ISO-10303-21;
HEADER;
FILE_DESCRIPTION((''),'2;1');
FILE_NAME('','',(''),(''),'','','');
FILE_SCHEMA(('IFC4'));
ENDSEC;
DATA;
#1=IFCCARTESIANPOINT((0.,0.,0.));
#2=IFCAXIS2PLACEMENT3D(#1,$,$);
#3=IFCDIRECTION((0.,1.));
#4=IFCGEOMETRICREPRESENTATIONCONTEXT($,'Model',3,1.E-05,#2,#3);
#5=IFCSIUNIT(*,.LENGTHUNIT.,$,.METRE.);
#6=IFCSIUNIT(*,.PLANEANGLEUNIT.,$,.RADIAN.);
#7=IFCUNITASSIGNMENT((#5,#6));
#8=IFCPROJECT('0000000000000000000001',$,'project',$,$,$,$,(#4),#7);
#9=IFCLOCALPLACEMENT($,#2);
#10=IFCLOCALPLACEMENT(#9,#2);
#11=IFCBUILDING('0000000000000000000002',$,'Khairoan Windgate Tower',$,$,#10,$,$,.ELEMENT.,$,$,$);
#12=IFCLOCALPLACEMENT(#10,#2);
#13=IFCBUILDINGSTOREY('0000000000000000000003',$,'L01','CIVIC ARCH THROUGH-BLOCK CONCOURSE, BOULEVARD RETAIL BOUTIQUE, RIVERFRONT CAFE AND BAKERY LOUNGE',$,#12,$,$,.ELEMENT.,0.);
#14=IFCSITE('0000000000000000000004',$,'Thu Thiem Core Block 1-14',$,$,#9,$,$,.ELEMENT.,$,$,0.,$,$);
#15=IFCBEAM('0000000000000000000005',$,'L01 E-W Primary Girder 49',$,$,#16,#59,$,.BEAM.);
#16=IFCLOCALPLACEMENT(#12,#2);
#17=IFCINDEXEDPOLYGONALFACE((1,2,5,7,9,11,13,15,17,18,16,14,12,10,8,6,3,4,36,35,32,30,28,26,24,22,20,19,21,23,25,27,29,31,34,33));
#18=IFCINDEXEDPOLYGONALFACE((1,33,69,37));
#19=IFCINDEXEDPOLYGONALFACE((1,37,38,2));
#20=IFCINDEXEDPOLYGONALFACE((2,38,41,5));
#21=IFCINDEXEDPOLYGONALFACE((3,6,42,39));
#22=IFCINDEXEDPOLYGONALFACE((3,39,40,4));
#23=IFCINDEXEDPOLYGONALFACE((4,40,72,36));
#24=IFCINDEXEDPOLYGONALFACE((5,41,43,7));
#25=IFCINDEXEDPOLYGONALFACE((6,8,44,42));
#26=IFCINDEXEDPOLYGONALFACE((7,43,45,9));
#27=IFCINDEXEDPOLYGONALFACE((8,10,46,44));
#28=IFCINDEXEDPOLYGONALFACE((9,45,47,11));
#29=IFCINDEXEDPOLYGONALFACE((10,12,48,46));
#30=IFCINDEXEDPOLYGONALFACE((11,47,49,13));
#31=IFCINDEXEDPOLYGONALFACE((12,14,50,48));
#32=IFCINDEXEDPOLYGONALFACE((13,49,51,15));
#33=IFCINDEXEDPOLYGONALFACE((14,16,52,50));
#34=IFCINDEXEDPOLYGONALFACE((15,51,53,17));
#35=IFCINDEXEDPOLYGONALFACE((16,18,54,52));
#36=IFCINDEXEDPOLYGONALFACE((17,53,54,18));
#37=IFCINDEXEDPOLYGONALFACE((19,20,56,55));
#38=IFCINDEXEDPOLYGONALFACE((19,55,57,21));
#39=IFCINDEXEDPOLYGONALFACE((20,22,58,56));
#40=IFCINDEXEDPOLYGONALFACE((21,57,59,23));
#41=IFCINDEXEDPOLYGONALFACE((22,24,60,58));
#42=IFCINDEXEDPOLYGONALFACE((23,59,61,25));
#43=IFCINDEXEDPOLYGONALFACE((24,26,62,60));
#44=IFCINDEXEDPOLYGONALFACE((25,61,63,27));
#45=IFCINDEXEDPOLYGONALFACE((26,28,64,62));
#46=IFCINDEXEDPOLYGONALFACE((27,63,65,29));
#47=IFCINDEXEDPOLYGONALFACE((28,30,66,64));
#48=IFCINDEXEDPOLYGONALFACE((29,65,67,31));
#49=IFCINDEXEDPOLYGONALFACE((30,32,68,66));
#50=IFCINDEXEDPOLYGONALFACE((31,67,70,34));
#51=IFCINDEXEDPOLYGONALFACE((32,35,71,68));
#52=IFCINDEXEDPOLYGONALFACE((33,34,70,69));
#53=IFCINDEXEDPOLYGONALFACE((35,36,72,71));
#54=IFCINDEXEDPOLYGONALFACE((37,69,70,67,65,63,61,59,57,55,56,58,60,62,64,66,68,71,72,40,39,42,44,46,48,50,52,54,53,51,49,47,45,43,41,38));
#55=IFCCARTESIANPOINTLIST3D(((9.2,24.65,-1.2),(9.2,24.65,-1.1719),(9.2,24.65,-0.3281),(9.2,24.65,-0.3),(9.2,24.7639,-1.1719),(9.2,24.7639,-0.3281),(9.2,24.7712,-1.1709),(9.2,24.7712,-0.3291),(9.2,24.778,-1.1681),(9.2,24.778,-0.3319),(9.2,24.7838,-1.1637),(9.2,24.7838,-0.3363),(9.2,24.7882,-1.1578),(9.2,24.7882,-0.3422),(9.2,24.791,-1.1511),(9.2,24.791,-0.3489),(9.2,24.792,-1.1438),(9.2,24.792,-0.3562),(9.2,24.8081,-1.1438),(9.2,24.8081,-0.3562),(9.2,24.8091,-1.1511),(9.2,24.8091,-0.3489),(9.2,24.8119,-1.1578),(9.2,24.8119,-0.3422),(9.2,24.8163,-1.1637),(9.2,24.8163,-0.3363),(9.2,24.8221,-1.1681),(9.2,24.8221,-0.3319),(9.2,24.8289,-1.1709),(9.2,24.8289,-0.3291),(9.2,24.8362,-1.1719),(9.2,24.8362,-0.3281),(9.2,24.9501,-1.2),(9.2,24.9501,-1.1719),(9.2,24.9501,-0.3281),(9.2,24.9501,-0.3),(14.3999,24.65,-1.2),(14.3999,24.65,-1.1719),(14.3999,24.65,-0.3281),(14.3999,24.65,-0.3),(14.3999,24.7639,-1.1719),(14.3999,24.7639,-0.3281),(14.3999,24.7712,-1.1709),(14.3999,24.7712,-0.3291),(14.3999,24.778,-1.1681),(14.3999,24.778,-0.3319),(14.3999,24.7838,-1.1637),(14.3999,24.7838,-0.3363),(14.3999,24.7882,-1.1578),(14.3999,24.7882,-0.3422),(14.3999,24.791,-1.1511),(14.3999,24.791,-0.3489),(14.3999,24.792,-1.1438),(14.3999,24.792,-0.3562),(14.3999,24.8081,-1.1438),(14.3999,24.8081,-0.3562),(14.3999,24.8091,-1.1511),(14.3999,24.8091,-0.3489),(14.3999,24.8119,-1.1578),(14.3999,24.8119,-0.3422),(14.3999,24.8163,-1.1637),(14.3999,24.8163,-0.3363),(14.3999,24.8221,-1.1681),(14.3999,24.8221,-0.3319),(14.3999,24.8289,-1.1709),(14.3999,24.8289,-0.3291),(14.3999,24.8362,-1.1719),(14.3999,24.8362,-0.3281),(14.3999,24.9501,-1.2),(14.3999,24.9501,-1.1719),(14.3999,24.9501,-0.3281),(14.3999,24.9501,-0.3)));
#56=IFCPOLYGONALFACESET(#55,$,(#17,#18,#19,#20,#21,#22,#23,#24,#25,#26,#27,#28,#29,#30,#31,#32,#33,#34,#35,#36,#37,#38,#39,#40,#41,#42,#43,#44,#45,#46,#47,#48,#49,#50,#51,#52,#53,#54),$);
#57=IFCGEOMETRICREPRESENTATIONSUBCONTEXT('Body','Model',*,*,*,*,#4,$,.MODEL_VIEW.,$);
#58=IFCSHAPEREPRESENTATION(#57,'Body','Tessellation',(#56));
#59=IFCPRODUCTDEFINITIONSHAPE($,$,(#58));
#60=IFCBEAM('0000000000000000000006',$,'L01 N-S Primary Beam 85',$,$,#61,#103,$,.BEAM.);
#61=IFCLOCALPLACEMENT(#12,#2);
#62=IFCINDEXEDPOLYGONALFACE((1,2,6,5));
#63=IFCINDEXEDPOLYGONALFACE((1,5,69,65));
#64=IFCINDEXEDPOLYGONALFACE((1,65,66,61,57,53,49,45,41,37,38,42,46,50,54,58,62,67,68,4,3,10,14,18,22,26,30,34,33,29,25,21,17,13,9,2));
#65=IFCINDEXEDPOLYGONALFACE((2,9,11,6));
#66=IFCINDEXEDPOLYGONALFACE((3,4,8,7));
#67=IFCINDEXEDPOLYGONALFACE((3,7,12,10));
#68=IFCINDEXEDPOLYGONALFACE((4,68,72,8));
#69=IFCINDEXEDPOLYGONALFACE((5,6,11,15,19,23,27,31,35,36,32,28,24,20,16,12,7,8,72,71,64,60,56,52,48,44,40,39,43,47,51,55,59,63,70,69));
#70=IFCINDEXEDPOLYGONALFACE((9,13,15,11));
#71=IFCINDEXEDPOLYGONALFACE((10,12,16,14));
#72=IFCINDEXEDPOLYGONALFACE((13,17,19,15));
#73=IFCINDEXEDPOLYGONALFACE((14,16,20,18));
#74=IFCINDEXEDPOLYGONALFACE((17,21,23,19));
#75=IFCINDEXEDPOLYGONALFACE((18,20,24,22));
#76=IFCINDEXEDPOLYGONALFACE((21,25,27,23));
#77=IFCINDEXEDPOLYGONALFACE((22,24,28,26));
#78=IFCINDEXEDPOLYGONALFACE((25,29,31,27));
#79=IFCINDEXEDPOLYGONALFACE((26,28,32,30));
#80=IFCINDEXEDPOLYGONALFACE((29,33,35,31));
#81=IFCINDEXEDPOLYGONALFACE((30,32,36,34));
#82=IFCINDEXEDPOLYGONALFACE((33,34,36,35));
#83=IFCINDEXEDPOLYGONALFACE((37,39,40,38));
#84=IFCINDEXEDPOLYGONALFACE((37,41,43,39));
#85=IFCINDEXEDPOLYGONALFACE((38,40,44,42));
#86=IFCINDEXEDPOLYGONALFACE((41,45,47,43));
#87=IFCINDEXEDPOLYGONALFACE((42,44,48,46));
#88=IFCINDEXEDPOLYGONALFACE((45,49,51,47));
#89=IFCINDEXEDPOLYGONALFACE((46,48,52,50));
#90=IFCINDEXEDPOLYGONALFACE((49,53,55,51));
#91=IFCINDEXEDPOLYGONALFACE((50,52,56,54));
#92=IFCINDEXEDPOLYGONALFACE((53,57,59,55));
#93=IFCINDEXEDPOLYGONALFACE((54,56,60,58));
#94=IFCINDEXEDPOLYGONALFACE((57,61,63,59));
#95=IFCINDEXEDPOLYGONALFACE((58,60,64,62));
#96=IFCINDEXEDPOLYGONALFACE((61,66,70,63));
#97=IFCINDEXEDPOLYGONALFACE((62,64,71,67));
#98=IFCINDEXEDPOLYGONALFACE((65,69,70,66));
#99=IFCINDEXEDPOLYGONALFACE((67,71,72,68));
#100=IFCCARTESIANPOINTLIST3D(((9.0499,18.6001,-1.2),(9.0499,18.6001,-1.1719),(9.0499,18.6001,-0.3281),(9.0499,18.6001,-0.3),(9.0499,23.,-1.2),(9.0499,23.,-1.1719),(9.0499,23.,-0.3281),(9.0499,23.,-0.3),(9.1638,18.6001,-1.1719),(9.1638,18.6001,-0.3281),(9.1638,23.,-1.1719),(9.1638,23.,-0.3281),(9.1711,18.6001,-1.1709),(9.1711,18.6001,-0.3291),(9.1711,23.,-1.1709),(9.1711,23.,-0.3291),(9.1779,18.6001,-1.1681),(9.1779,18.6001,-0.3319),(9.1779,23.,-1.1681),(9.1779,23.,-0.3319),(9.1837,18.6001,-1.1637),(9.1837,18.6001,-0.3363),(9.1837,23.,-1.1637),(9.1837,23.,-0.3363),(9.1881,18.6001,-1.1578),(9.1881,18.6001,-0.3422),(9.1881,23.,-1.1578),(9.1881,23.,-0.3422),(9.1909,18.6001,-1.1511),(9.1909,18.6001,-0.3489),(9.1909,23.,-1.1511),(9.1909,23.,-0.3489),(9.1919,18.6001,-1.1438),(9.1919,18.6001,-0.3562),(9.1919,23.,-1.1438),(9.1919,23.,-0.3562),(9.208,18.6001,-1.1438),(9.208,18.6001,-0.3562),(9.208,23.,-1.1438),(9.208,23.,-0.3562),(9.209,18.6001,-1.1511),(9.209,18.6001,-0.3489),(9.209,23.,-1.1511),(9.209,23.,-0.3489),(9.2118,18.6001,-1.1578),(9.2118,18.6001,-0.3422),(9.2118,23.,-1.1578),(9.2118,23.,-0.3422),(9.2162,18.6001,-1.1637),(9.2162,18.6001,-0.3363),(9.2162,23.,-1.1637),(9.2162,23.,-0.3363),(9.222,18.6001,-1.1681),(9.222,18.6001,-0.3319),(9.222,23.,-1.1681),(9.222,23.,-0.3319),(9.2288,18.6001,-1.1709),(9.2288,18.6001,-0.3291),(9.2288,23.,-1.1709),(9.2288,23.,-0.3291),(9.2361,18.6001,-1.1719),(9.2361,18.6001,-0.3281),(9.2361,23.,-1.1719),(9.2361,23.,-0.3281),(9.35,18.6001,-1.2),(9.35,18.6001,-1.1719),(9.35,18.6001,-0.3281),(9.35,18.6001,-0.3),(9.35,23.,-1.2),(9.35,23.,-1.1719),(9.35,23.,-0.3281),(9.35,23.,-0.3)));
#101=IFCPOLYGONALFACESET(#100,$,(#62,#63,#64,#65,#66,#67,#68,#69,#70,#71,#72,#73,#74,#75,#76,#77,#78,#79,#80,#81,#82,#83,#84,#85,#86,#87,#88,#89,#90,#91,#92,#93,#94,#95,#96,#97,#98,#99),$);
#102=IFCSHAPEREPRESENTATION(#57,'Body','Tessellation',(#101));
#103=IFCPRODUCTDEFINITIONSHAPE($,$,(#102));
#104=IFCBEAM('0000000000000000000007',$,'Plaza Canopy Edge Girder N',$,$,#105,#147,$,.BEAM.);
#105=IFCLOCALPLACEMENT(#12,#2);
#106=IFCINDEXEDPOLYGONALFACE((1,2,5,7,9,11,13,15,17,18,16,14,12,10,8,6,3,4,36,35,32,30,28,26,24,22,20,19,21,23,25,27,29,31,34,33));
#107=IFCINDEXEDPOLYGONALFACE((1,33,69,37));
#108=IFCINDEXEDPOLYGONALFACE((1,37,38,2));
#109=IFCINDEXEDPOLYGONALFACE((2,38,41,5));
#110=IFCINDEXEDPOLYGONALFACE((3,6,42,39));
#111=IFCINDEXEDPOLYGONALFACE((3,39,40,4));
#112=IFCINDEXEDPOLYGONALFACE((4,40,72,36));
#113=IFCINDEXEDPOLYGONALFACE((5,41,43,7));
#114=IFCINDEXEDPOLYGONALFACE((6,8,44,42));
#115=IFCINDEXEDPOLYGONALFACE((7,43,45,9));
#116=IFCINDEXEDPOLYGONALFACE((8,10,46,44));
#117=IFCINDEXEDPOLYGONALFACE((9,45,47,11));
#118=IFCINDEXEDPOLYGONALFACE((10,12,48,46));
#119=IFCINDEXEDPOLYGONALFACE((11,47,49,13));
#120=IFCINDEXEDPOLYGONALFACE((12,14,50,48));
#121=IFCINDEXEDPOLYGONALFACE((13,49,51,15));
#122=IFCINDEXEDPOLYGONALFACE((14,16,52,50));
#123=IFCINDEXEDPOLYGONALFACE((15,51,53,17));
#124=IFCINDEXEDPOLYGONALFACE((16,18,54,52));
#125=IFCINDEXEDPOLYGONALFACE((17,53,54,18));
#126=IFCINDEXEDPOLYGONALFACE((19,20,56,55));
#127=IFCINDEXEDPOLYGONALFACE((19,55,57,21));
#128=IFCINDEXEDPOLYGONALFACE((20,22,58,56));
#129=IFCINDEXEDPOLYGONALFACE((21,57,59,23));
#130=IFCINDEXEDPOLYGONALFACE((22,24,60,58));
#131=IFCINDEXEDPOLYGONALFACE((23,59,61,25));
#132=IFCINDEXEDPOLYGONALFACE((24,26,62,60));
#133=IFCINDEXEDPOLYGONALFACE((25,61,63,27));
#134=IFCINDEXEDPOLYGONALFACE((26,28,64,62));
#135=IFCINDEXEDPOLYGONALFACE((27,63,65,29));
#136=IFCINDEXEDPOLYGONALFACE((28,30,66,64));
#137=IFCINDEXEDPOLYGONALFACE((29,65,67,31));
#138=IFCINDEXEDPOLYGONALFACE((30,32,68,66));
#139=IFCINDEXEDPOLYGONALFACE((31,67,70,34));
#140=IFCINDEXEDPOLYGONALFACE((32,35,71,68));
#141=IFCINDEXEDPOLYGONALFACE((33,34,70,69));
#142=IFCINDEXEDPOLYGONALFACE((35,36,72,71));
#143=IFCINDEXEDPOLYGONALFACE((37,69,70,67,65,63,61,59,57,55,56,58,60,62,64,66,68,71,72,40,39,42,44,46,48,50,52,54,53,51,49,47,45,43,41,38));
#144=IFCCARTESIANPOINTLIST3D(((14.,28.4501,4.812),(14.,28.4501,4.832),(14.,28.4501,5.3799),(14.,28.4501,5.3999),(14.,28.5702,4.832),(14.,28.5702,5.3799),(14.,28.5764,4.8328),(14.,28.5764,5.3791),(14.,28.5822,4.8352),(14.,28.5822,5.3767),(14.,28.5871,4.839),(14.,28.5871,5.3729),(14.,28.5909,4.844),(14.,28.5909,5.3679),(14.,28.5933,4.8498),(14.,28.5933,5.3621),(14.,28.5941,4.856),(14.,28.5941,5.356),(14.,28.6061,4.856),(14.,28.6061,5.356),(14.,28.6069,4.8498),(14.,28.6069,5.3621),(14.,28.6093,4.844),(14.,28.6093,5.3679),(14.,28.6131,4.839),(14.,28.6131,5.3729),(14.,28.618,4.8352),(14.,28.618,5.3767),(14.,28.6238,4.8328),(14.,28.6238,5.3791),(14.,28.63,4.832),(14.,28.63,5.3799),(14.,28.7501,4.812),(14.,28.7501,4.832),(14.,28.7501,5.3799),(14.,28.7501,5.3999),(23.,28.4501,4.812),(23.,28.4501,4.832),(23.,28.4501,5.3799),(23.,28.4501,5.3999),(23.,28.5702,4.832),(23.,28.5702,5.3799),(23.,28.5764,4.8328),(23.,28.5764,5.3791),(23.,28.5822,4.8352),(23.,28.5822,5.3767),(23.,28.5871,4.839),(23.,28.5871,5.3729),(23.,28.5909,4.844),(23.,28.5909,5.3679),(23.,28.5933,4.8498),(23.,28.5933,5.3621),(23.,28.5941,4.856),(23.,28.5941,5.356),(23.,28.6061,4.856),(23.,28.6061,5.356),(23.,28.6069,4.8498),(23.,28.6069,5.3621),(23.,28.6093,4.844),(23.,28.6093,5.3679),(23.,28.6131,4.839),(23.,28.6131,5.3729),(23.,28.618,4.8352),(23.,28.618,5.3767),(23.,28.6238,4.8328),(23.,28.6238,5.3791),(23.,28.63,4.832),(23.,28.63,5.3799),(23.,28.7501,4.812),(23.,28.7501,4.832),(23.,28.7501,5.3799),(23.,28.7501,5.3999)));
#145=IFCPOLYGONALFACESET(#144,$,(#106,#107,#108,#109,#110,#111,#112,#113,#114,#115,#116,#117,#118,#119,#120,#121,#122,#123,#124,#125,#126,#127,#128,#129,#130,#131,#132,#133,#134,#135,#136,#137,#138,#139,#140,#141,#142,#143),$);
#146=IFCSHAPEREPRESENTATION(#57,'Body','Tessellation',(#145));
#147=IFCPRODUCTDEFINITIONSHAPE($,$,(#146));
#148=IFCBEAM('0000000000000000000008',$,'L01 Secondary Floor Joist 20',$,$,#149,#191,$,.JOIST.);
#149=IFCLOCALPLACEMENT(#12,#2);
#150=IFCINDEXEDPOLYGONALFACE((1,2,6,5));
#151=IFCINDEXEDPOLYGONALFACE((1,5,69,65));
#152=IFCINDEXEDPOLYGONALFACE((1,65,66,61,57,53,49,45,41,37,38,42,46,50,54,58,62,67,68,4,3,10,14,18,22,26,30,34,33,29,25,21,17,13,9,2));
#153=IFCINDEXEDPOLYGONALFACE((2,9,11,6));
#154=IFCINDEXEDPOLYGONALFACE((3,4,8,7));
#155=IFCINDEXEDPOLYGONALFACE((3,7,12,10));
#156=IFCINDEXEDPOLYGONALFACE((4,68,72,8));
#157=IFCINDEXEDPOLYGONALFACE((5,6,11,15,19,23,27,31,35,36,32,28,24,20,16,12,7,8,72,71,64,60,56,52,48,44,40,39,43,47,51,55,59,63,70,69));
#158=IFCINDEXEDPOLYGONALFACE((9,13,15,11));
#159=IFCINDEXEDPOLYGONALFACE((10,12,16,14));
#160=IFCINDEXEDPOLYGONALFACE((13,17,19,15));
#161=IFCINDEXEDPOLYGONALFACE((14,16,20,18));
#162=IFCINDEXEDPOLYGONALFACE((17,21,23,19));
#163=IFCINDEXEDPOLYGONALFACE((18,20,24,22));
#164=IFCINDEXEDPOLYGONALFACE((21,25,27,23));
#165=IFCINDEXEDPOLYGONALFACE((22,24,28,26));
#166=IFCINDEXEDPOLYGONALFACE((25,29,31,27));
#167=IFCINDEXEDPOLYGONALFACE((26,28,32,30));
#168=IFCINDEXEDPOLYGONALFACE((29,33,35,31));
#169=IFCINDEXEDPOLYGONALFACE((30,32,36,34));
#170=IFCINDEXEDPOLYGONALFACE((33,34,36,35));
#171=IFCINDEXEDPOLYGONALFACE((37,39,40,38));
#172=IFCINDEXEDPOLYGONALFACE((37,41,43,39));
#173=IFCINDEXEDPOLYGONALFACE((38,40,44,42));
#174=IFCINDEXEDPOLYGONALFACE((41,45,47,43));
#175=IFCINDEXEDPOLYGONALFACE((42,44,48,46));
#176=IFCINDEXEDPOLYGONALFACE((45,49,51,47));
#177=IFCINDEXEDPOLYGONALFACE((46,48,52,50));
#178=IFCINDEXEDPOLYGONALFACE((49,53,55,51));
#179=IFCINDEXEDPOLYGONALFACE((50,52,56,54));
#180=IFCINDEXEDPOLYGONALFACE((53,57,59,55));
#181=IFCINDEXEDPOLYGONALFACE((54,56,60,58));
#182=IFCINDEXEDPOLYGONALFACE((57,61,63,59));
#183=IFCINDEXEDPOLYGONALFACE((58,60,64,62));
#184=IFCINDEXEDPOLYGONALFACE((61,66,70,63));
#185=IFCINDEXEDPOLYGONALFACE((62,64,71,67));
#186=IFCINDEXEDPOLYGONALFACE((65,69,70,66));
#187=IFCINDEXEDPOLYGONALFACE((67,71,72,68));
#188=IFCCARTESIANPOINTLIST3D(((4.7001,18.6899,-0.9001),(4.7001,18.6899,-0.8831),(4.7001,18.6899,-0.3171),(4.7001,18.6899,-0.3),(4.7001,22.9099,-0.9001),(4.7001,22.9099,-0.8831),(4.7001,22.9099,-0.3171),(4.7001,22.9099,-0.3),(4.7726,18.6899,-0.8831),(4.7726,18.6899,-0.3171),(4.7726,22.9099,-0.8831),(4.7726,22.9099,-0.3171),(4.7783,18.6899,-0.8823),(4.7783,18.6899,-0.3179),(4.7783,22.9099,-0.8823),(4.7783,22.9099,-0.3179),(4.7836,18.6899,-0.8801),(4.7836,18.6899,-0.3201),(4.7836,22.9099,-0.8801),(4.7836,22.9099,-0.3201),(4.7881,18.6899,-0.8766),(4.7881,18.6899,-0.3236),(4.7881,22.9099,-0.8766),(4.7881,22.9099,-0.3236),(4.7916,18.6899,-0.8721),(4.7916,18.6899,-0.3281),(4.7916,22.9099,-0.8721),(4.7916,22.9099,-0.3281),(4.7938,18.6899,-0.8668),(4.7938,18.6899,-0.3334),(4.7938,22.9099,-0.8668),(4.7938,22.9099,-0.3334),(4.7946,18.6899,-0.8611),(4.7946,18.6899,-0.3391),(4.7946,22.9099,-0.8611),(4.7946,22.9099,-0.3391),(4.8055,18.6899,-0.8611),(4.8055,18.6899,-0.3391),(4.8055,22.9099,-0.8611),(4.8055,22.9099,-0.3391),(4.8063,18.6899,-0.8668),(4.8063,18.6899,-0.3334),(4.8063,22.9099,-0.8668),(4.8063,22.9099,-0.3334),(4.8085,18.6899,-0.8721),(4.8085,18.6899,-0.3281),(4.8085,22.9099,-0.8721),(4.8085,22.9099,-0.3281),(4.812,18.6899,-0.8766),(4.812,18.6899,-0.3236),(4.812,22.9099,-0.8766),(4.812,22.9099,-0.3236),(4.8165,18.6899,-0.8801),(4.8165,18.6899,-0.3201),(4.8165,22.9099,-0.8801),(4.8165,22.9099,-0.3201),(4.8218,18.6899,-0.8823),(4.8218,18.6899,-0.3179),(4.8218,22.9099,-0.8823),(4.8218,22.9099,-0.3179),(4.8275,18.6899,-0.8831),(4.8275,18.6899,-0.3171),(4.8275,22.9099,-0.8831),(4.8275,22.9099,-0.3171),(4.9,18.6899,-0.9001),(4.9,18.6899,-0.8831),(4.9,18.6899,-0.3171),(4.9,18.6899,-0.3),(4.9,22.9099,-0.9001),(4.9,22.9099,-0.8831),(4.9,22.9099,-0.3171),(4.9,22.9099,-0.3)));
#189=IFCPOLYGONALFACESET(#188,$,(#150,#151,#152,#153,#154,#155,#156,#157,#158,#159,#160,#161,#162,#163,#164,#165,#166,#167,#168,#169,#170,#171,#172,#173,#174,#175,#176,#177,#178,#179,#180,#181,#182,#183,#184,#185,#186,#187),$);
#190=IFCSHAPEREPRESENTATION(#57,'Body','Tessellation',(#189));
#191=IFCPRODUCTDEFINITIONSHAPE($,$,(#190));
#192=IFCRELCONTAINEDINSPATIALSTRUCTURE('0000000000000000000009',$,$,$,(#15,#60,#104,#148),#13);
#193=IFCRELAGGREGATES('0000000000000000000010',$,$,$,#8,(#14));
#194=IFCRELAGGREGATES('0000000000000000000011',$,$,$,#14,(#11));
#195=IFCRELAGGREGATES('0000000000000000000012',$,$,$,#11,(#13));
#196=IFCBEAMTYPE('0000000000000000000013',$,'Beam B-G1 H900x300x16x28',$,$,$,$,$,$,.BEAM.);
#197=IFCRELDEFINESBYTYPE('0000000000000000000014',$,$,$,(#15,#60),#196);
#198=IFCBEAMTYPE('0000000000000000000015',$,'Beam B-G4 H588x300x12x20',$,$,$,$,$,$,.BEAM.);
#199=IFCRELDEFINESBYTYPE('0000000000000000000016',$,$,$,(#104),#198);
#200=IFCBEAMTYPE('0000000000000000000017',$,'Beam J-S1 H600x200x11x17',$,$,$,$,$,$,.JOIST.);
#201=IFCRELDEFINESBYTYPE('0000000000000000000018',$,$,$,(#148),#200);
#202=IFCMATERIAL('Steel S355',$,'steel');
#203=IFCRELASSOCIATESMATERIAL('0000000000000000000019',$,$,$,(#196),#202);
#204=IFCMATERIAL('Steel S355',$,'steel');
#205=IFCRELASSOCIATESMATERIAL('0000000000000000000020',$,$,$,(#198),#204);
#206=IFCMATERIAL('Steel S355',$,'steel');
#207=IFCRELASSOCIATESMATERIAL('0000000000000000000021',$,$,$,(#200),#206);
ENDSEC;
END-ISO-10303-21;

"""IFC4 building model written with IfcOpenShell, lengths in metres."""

from ifc_helpers import new_model, si_unit, direction, frame, origin, origin_2d, place, context, subcontext, project, spatial, i_section, extrude, material, material_profile, profile_set, type_object, element, save


model = new_model("IFC4")

# Units and contexts
model_context = context("Model", 3, precision=1e-05, world=origin(), true_north=direction((0.0, 1.0)))
body_context = subcontext(model_context, "Body", "Model", "MODEL_VIEW")
ifc_project = project(units=[si_unit("LENGTHUNIT", "METRE"), si_unit("PLANEANGLEUNIT", "RADIAN")], contexts=[model_context])

# Site, building, storey
site_placement = place(None, origin())
site = spatial("IfcSite", under=ifc_project, at=site_placement, Name="Thu Thiem Core Block 1-14", CompositionType="ELEMENT", RefElevation=0.0)
building_placement = place(site_placement, origin())
building = spatial("IfcBuilding", under=site, at=building_placement, Name="Khairoan Windgate Tower", CompositionType="ELEMENT")
storey_placement = place(building_placement, origin())
storey = spatial("IfcBuildingStorey", under=building, at=storey_placement, Name="L01", Description="CIVIC ARCH THROUGH-BLOCK CONCOURSE, BOULEVARD RETAIL BOUTIQUE, RIVERFRONT CAFE AND BAKERY LOUNGE", CompositionType="ELEMENT", Elevation=0.0)

# Beams
ifc_material_1 = material(Name="Steel S355", Category="steel")
ifc_material_profile_1 = material_profile(ifc_material_1, i_section(OverallWidth=0.3, OverallDepth=0.8999, WebThickness=0.0161, FlangeThickness=0.0281, FilletRadius=0.0281, at=origin_2d()))
ifc_profile_set_1 = profile_set([ifc_material_profile_1], Name="Steel S355")
beam_type_1 = type_object("IfcBeamType", Name="Beam B-G1 H900x300x16x28", PredefinedType="BEAM", material=ifc_profile_set_1)
beam_1_placement = place(storey_placement, frame((9.2, 24.8, -0.75), z_axis=(1.0, 0.0, 0.0), x_axis=(0.0, 1.0, 0.0)))
element("IfcBeam", 1, at=beam_1_placement, inside=storey, type_object=beam_type_1, Name="L01 E-W Primary Girder 49", PredefinedType="BEAM", context=body_context, shape_type="SweptSolid", body=[
    extrude(i_section(OverallWidth=0.3, OverallDepth=0.8999, WebThickness=0.0161, FlangeThickness=0.0281, FilletRadius=0.0281, at=origin_2d()), origin(), (0.0, 0.0, 1.0), 5.2),
])
beam_2_placement = place(storey_placement, frame((9.2, 18.6001, -0.75), z_axis=(0.0, 1.0, 0.0), x_axis=(-1.0, 0.0, 0.0)))
element("IfcBeam", 2, at=beam_2_placement, inside=storey, type_object=beam_type_1, Name="L01 N-S Primary Beam 85", PredefinedType="BEAM", context=body_context, shape_type="SweptSolid", body=[
    extrude(i_section(OverallWidth=0.3, OverallDepth=0.8999, WebThickness=0.0161, FlangeThickness=0.0281, FilletRadius=0.0281, at=origin_2d()), origin(), (0.0, 0.0, 1.0), 4.3999),
])
ifc_material_2 = material(Name="Steel S355", Category="steel")
ifc_material_profile_2 = material_profile(ifc_material_2, i_section(OverallWidth=0.3, OverallDepth=0.5879, WebThickness=0.012, FlangeThickness=0.02, FilletRadius=0.0239, at=origin_2d()))
ifc_profile_set_2 = profile_set([ifc_material_profile_2], Name="Steel S355")
beam_type_2 = type_object("IfcBeamType", Name="Beam B-G4 H588x300x12x20", PredefinedType="BEAM", material=ifc_profile_set_2)
beam_3_placement = place(storey_placement, frame((14.0, 28.6001, 5.106), z_axis=(1.0, 0.0, 0.0), x_axis=(0.0, 1.0, 0.0)))
element("IfcBeam", 3, at=beam_3_placement, inside=storey, type_object=beam_type_2, Name="Plaza Canopy Edge Girder N", PredefinedType="BEAM", context=body_context, shape_type="SweptSolid", body=[
    extrude(i_section(OverallWidth=0.3, OverallDepth=0.5879, WebThickness=0.012, FlangeThickness=0.02, FilletRadius=0.0239, at=origin_2d()), origin(), (0.0, 0.0, 1.0), 9.0),
])
ifc_material_3 = material(Name="Steel S355", Category="steel")
ifc_material_profile_3 = material_profile(ifc_material_3, i_section(OverallWidth=0.2, OverallDepth=0.6001, WebThickness=0.011, FlangeThickness=0.0171, FilletRadius=0.022, at=origin_2d()))
ifc_profile_set_3 = profile_set([ifc_material_profile_3], Name="Steel S355")
beam_type_3 = type_object("IfcBeamType", Name="Beam J-S1 H600x200x11x17", PredefinedType="JOIST", material=ifc_profile_set_3)
beam_4_placement = place(storey_placement, frame((4.8, 18.6899, -0.6001), z_axis=(0.0, 1.0, 0.0), x_axis=(-1.0, 0.0, 0.0)))
element("IfcBeam", 4, at=beam_4_placement, inside=storey, type_object=beam_type_3, Name="L01 Secondary Floor Joist 20", PredefinedType="JOIST", context=body_context, shape_type="SweptSolid", body=[
    extrude(i_section(OverallWidth=0.2, OverallDepth=0.6001, WebThickness=0.011, FlangeThickness=0.0171, FilletRadius=0.022, at=origin_2d()), origin(), (0.0, 0.0, 1.0), 4.22),
])

save(model, "model.ifc")
